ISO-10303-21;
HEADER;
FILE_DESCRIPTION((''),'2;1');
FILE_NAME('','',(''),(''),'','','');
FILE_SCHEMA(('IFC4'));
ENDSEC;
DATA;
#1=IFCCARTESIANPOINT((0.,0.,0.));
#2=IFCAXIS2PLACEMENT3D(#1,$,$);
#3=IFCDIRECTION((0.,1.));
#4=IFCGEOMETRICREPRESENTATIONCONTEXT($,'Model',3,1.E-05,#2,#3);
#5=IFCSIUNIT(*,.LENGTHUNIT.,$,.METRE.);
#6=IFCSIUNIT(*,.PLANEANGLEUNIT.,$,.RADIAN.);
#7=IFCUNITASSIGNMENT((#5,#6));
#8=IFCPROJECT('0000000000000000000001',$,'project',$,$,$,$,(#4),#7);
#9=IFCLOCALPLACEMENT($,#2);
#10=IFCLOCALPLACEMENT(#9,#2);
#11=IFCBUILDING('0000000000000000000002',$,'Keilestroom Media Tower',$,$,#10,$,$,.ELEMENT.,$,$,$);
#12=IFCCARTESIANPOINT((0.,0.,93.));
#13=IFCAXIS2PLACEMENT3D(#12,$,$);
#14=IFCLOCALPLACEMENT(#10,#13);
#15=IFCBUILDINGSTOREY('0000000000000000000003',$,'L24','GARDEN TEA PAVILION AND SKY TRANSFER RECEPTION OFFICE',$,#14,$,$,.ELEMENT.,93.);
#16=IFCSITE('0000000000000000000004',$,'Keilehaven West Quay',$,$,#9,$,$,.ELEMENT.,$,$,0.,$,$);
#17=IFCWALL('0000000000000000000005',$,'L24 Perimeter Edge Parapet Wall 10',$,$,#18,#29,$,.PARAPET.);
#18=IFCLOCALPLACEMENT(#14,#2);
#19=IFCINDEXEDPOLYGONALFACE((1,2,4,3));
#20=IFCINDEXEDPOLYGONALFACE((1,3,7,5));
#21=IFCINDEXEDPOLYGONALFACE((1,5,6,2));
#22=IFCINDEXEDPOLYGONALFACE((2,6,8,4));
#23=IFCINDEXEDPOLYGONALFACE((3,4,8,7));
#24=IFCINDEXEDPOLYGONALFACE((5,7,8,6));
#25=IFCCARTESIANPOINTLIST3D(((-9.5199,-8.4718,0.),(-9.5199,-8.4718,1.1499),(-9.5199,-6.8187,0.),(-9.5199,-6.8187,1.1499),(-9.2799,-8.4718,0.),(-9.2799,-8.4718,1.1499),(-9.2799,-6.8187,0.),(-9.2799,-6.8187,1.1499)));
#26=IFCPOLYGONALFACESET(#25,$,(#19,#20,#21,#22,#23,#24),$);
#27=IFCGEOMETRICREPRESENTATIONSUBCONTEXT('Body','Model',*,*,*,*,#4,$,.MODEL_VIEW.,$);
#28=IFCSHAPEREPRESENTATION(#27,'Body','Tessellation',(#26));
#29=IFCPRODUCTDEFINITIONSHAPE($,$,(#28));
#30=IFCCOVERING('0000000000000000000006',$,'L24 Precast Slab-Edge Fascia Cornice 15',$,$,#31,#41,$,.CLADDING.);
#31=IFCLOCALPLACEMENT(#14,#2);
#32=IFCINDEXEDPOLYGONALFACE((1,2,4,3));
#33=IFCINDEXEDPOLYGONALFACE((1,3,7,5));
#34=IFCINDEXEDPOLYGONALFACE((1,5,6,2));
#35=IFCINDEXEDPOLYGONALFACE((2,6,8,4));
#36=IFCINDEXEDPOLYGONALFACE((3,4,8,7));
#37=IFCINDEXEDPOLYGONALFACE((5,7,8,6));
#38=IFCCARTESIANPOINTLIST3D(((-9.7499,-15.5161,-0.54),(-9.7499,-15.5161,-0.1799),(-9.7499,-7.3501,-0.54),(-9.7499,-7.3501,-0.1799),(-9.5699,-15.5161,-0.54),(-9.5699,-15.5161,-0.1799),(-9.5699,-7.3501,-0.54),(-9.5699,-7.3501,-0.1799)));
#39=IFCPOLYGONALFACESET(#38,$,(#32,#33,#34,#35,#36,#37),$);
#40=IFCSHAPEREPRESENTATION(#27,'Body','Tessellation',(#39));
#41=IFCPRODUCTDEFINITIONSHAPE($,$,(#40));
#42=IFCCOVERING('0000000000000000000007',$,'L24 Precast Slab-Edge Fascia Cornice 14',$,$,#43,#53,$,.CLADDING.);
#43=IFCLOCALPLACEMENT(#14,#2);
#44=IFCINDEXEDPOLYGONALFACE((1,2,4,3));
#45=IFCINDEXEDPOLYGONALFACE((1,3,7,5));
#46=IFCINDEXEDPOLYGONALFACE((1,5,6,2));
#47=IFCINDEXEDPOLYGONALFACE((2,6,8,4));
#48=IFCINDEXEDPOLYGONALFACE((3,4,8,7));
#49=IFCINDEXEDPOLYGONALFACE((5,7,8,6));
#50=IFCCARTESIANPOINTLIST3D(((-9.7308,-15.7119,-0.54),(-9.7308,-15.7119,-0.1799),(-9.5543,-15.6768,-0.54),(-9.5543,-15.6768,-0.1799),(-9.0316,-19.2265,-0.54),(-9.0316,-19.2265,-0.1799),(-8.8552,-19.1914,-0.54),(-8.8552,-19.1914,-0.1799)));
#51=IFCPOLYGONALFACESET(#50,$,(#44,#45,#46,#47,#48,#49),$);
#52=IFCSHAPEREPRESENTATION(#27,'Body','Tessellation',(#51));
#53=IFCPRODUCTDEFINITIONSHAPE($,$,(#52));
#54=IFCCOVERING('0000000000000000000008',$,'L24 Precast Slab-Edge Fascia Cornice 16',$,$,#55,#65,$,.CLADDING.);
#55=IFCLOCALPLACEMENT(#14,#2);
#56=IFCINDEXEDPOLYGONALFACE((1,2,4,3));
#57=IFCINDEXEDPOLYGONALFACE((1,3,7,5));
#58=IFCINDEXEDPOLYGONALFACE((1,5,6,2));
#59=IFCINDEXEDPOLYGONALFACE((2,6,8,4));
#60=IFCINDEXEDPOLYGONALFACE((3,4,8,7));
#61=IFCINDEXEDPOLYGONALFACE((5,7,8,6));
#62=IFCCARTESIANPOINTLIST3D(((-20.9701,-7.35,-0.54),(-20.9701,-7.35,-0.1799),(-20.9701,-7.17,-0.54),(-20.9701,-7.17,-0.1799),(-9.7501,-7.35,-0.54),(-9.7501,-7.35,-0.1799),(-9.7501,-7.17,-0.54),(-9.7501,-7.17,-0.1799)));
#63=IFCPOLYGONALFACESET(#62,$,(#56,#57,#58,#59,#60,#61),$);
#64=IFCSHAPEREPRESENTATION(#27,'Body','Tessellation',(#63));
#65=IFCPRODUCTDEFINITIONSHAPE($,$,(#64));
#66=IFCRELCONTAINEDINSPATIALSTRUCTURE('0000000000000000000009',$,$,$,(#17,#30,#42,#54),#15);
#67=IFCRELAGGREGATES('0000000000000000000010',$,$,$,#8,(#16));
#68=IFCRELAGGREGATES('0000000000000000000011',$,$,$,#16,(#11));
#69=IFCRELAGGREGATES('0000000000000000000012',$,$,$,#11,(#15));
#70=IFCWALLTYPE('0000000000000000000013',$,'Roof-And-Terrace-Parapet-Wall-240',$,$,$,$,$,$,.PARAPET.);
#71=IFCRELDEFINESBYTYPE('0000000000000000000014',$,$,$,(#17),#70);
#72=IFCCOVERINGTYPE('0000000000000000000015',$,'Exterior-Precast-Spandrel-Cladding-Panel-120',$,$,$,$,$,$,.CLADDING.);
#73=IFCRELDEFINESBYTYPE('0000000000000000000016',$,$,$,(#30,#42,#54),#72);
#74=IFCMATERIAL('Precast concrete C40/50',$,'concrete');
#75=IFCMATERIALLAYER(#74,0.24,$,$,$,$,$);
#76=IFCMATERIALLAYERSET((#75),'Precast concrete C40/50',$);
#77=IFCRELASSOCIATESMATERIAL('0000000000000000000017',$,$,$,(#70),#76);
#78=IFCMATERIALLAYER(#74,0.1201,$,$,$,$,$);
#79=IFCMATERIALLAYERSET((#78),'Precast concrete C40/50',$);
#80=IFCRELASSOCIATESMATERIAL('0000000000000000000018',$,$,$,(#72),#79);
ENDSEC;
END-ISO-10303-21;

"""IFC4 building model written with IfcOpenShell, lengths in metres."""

from ifc_helpers import new_model, si_unit, direction, frame, frame_2d, origin, origin_2d, place, context, subcontext, project, spatial, rectangle, extrude, source, transform, mapped, material, layer, layer_set, type_object, element, save


model = new_model("IFC4")

# Units and contexts
model_context = context("Model", 3, precision=1e-05, world=origin(), true_north=direction((0.0, 1.0)))
body_context = subcontext(model_context, "Body", "Model", "MODEL_VIEW")
ifc_project = project(units=[si_unit("LENGTHUNIT", "METRE"), si_unit("PLANEANGLEUNIT", "RADIAN")], contexts=[model_context])

# Site, building, storey
site_placement = place(None, origin())
site = spatial("IfcSite", under=ifc_project, at=site_placement, Name="Keilehaven West Quay", CompositionType="ELEMENT", RefElevation=0.0)
building_placement = place(site_placement, origin())
building = spatial("IfcBuilding", under=site, at=building_placement, Name="Keilestroom Media Tower", CompositionType="ELEMENT")
storey_placement = place(building_placement, frame((0.0, 0.0, 93.0)))
storey = spatial("IfcBuildingStorey", under=building, at=storey_placement, Name="L24", Description="GARDEN TEA PAVILION AND SKY TRANSFER RECEPTION OFFICE", CompositionType="ELEMENT", Elevation=93.0)

# Shared definitions
ifc_material_1 = material(Name="Precast concrete C40/50", Category="concrete")

# Wall
ifc_layer_1 = layer(ifc_material_1, 0.24)
ifc_layer_set_1 = layer_set([ifc_layer_1], Name="Precast concrete C40/50")
wall_type_1 = type_object("IfcWallType", Name="Roof-And-Terrace-Parapet-Wall-240", PredefinedType="PARAPET", material=ifc_layer_set_1)
wall_1_placement = place(storey_placement, frame((-9.3999, -8.4719, 0.0), z_axis=(0.0, 0.0, 1.0), x_axis=(0.0, 1.0, 0.0)))
element("IfcWall", 1, at=wall_1_placement, inside=storey, type_object=wall_type_1, Name="L24 Perimeter Edge Parapet Wall 10", PredefinedType="PARAPET", context=body_context, shape_type="SweptSolid", body=[
    extrude(rectangle(XDim=1.6531, YDim=0.24, at=frame_2d((0.8267, 0.0))), origin(), (0.0, 0.0, 1.0), 1.1499),
])

# Coverings
ifc_layer_2 = layer(ifc_material_1, 0.1201)
ifc_layer_set_2 = layer_set([ifc_layer_2], Name="Precast concrete C40/50")
covering_type = type_object("IfcCoveringType", Name="Exterior-Precast-Spandrel-Cladding-Panel-120", PredefinedType="CLADDING", material=ifc_layer_set_2)
shared_shape_1 = source(origin(), body_context, "Body", "SweptSolid", [
    extrude(rectangle(XDim=8.166, YDim=0.1799, at=origin_2d()), origin(), (0.0, 0.0, 1.0), 0.3601),
])
covering_1_placement = place(storey_placement, frame((-9.6599, -11.4331, -0.54), z_axis=(0.0, 0.0, 1.0), x_axis=(0.0, 1.0, 0.0)))
element("IfcCovering", 2, at=covering_1_placement, inside=storey, type_object=covering_type, Name="L24 Precast Slab-Edge Fascia Cornice 15", PredefinedType="CLADDING", context=body_context, shape_type="MappedRepresentation", body=[
    mapped(shared_shape_1, transform((0.0, 0.0, 0.0), x_axis=(1.0, 0.0, 0.0), y_axis=(0.0, 1.0, 0.0), z_axis=(0.0, 0.0, 1.0), scale=1.0)),
])
shared_shape_2 = source(origin(), body_context, "Body", "SweptSolid", [
    extrude(rectangle(XDim=3.5835, YDim=0.1799, at=origin_2d()), origin(), (0.0, 0.0, 1.0), 0.3601),
])
covering_2_placement = place(storey_placement, frame((-9.293, -17.4517, -0.54), z_axis=(0.0, 0.0, 1.0), x_axis=(-0.195099, 0.980784, 0.0)))
element("IfcCovering", 3, at=covering_2_placement, inside=storey, type_object=covering_type, Name="L24 Precast Slab-Edge Fascia Cornice 14", PredefinedType="CLADDING", context=body_context, shape_type="MappedRepresentation", body=[
    mapped(shared_shape_2, transform((0.0, 0.0, 0.0), x_axis=(1.0, 0.0, 0.0), y_axis=(0.0, 1.0, 0.0), z_axis=(0.0, 0.0, 1.0), scale=1.0)),
])
shared_shape_3 = source(origin(), body_context, "Body", "SweptSolid", [
    extrude(rectangle(XDim=11.22, YDim=0.1799, at=origin_2d()), origin(), (0.0, 0.0, 1.0), 0.3601),
])
covering_3_placement = place(storey_placement, frame((-15.3601, -7.26, -0.54), z_axis=(0.0, 0.0, 1.0), x_axis=(-1.0, 0.0, 0.0)))
element("IfcCovering", 4, at=covering_3_placement, inside=storey, type_object=covering_type, Name="L24 Precast Slab-Edge Fascia Cornice 16", PredefinedType="CLADDING", context=body_context, shape_type="MappedRepresentation", body=[
    mapped(shared_shape_3, transform((0.0, 0.0, 0.0), x_axis=(1.0, 0.0, 0.0), y_axis=(0.0, 1.0, 0.0), z_axis=(0.0, 0.0, 1.0), scale=1.0)),
])

save(model, "model.ifc")
